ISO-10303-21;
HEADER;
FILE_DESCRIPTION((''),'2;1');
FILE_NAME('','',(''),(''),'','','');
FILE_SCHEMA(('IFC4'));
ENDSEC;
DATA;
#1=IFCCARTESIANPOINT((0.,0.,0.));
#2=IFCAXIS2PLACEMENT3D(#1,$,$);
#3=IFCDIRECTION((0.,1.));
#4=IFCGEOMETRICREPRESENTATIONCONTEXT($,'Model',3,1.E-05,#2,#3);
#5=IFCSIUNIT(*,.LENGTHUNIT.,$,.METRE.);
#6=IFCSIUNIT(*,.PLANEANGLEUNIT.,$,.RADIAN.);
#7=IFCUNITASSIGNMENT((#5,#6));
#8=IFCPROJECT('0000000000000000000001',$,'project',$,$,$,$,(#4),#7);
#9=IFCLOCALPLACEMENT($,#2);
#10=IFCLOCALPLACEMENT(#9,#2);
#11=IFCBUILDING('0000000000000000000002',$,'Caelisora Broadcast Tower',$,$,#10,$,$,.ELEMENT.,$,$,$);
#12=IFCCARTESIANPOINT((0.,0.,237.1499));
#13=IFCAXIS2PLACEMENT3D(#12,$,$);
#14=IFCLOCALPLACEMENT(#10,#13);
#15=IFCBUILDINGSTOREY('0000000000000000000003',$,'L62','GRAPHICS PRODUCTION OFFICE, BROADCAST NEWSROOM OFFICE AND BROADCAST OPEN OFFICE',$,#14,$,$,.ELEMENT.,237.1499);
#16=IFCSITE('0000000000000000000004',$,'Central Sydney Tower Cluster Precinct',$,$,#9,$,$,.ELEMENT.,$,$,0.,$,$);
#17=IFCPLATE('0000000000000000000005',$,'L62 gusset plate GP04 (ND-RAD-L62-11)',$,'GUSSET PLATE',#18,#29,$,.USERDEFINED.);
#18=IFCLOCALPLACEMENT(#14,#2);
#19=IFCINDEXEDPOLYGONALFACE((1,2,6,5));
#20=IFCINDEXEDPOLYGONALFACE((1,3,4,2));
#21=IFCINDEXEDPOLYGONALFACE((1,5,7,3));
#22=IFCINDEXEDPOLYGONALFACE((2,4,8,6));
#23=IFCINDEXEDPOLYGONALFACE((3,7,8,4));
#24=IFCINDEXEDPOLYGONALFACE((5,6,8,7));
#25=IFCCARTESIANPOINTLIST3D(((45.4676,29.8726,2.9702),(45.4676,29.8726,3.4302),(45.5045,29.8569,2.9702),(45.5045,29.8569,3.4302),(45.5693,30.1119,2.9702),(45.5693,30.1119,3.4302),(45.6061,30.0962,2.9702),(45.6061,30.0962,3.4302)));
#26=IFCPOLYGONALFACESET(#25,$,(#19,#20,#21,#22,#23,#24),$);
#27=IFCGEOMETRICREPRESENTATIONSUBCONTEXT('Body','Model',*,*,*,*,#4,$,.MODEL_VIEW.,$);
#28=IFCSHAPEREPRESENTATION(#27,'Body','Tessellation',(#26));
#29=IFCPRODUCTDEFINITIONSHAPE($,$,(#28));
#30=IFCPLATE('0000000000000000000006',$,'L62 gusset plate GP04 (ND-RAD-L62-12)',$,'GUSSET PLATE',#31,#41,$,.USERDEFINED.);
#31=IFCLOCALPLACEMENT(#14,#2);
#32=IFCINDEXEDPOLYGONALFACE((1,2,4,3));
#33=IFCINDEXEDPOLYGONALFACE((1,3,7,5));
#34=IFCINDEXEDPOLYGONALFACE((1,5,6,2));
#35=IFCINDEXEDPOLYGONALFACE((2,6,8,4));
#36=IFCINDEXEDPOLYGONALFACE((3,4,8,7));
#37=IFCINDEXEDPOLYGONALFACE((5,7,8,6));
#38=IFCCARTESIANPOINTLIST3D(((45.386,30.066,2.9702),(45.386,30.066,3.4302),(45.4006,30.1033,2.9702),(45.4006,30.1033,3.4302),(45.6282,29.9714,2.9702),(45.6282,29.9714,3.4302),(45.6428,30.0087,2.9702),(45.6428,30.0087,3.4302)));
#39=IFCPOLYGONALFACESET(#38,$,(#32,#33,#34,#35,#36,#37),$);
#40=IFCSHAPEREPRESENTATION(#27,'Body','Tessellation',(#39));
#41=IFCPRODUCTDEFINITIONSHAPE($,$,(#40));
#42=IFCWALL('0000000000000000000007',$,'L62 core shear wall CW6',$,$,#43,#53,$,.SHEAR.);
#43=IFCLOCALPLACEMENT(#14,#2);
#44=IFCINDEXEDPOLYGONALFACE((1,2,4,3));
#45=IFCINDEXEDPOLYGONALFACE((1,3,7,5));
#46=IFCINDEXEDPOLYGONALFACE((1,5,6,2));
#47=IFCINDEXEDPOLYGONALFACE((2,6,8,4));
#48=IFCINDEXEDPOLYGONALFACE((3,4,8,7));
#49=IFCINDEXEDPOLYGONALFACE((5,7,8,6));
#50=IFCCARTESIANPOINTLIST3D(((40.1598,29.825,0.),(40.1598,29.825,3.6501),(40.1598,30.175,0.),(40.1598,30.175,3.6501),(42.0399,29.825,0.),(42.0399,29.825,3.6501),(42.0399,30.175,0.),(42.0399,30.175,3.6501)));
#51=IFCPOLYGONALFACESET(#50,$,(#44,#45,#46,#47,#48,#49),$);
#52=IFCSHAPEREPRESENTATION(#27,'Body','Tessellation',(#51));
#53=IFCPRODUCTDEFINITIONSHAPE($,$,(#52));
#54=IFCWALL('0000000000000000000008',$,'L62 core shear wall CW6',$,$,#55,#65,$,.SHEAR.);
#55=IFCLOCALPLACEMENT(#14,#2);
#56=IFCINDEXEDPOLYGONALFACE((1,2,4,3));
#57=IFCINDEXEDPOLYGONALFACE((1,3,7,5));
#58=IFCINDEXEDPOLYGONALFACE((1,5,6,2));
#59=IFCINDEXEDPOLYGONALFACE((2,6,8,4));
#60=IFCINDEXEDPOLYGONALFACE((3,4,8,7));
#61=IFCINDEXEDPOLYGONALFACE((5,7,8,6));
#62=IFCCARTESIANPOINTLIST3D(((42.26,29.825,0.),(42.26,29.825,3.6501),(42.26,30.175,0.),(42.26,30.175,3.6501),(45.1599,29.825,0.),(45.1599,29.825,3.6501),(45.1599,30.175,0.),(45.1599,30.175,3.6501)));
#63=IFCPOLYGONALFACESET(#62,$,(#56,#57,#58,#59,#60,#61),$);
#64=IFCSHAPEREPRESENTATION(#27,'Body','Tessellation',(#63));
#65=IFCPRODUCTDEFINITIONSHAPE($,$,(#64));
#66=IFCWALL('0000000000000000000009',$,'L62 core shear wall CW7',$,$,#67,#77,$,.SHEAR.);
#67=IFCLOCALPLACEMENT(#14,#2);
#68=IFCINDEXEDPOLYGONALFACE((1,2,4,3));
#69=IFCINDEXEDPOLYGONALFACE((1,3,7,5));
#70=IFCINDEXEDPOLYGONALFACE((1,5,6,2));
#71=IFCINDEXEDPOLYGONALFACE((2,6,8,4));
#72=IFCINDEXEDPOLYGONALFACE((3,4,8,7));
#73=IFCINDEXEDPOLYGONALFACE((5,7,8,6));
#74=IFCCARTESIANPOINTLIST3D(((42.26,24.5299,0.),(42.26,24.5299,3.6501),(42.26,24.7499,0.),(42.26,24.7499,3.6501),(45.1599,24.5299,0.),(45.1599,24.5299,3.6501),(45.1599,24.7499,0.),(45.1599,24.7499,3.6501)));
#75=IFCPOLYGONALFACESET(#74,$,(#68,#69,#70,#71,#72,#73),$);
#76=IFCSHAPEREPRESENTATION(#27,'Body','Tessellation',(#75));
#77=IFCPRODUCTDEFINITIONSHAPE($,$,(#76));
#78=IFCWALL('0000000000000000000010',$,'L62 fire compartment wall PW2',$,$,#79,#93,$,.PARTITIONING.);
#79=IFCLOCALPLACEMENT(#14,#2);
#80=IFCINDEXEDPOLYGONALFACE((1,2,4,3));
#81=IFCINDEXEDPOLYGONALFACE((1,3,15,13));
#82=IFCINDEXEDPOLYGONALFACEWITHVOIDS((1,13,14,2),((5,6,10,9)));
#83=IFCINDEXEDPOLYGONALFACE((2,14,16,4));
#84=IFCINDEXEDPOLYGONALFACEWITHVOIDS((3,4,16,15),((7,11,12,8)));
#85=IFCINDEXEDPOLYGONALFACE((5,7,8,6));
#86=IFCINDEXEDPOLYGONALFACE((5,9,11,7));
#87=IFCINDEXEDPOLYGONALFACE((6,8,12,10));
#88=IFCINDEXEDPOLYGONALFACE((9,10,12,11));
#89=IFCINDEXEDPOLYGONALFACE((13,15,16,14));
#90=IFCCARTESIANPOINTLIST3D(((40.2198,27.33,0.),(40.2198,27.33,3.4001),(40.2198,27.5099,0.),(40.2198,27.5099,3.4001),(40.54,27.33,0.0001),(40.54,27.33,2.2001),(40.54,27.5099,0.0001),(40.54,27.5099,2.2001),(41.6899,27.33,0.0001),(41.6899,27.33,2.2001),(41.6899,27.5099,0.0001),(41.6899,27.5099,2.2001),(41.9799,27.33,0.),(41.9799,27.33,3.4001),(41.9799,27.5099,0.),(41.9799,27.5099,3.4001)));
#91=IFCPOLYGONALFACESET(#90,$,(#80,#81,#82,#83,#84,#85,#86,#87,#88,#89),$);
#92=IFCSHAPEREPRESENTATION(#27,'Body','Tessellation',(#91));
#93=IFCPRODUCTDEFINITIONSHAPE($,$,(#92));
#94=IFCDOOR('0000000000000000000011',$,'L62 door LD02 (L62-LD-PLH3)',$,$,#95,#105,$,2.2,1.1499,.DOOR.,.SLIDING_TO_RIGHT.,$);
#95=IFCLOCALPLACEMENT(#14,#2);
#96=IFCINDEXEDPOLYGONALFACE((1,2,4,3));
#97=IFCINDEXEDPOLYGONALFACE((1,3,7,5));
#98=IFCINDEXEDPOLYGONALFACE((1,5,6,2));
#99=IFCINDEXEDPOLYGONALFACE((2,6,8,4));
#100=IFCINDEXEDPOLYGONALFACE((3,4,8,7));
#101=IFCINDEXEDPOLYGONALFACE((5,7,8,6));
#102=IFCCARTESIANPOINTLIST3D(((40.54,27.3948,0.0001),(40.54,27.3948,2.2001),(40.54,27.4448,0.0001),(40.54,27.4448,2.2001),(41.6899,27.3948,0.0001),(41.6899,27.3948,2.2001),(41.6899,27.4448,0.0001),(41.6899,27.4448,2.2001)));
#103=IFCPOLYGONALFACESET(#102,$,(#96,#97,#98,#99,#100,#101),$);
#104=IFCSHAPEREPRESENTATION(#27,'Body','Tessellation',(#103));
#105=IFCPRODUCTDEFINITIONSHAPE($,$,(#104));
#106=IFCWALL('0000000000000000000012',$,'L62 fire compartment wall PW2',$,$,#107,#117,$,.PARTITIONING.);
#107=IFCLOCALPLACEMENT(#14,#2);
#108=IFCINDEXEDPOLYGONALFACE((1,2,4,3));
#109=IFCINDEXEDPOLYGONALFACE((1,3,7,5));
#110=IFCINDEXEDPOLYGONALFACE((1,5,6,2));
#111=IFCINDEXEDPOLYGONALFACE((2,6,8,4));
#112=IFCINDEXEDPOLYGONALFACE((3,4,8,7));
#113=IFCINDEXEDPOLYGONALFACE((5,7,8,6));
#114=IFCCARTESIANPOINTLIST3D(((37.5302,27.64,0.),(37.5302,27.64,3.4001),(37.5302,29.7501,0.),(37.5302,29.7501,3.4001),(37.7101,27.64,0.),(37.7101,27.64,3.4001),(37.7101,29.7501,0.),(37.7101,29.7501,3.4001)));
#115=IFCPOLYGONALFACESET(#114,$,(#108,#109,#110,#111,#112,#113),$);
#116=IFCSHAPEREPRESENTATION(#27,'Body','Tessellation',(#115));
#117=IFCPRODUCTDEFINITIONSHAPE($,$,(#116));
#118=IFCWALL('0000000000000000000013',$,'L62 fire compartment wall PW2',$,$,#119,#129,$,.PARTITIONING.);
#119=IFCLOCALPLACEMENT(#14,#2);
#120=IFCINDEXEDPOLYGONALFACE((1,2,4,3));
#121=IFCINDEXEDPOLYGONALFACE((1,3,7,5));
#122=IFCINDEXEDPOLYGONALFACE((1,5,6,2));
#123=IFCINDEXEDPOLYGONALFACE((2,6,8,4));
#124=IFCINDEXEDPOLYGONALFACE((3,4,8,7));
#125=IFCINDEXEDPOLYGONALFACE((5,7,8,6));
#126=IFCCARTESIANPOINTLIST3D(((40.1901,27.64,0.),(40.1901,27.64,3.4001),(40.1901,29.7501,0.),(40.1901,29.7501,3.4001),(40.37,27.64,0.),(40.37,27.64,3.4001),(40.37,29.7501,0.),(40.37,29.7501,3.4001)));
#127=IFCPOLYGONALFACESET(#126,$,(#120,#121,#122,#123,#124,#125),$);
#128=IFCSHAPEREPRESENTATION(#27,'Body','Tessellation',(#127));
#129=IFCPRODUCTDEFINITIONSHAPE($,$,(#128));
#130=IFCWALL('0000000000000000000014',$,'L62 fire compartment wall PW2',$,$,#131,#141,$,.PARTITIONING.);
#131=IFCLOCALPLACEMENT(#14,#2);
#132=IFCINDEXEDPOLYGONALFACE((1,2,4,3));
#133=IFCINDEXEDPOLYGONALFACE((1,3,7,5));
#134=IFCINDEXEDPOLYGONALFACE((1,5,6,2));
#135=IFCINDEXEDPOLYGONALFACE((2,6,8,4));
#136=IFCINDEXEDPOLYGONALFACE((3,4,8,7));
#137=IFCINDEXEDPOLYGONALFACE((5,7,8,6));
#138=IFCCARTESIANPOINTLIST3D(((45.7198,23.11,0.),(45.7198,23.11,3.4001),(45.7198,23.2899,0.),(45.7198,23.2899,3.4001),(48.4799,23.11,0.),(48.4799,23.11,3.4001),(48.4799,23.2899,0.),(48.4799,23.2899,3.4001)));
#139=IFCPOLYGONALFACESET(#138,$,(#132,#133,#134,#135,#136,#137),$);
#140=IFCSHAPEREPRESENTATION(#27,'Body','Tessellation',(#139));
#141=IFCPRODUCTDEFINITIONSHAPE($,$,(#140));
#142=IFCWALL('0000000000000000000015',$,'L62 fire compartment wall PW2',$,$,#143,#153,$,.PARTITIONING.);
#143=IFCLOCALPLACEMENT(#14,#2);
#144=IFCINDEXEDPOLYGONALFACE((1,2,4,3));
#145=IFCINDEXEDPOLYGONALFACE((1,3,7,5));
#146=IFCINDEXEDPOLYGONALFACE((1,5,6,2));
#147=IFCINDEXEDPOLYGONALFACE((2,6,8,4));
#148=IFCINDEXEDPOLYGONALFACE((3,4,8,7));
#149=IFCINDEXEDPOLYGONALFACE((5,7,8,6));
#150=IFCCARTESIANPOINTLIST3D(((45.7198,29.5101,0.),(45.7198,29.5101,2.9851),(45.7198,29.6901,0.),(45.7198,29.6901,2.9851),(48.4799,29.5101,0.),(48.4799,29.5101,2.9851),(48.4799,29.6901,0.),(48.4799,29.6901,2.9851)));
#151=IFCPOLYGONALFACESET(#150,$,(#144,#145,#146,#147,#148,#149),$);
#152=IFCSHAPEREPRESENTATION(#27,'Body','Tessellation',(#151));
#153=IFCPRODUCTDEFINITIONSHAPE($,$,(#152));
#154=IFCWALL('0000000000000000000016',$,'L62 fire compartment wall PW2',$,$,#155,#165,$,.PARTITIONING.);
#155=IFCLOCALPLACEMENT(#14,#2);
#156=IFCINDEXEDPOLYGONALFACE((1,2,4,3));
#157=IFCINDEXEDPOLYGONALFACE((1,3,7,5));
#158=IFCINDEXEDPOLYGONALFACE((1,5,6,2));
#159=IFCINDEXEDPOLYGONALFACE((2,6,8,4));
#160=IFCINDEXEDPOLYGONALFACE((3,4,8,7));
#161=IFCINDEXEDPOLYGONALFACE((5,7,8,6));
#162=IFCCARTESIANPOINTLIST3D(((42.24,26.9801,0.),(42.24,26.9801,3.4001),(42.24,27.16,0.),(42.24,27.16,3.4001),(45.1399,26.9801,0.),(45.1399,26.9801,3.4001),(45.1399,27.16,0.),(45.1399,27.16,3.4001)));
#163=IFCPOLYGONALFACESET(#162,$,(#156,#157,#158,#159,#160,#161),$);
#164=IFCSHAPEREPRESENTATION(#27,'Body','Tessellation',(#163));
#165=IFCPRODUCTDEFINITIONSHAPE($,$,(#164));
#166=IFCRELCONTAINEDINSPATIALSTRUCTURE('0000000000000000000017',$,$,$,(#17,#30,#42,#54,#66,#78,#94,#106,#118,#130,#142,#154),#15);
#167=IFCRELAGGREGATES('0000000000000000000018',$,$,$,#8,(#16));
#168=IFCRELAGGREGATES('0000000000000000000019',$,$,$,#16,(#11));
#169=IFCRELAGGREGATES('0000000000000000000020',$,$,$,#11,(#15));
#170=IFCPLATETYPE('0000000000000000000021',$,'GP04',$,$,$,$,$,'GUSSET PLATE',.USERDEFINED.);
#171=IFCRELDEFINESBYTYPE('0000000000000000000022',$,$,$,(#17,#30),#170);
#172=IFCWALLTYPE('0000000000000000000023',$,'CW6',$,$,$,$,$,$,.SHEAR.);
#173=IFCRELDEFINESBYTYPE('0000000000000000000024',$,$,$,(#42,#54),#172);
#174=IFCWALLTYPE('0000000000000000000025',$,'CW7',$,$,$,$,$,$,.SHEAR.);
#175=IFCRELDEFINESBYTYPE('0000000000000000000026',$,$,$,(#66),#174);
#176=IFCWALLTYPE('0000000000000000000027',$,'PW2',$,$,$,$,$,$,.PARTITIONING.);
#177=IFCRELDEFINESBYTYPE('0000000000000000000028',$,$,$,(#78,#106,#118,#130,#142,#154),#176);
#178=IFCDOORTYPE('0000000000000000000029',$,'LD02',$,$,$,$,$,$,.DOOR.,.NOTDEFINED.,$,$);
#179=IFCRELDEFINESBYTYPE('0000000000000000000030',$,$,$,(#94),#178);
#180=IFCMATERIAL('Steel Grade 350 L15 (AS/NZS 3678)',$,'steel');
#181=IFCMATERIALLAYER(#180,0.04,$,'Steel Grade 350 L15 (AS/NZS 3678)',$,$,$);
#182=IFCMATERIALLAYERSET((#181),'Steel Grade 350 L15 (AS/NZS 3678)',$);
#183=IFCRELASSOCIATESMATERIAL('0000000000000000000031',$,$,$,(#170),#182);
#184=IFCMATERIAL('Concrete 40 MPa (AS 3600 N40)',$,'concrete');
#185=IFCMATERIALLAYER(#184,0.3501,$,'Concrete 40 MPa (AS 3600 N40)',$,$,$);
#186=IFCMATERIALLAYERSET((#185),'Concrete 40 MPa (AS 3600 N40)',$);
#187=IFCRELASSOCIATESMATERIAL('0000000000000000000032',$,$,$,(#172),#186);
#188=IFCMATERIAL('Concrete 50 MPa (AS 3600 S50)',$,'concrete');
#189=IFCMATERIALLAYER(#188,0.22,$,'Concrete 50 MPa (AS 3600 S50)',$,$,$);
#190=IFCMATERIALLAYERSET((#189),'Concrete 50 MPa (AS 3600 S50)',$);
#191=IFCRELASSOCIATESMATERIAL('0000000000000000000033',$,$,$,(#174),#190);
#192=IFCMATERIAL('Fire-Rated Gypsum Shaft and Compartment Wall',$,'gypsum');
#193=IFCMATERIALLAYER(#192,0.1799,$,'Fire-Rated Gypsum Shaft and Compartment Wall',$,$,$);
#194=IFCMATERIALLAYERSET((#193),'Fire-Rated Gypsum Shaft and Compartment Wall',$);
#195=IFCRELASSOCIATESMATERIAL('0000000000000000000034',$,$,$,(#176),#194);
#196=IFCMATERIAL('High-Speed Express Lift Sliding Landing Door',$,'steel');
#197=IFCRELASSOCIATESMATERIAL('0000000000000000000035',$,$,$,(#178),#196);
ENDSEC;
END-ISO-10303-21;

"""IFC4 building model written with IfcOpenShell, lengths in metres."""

from ifc_helpers import new_model, si_unit, direction, frame, frame_2d, origin, origin_2d, place, context, subcontext, project, spatial, rectangle, extrude, source, transform, mapped, material, layer, layer_set, type_object, type_shapes, element, fill, save


model = new_model("IFC4")

# Units and contexts
model_context = context("Model", 3, precision=1e-05, world=origin(), true_north=direction((0.0, 1.0)))
body_context = subcontext(model_context, "Body", "Model", "MODEL_VIEW")
ifc_project = project(units=[si_unit("LENGTHUNIT", "METRE"), si_unit("PLANEANGLEUNIT", "RADIAN")], contexts=[model_context])

# Site, building, storey
site_placement = place(None, origin())
site = spatial("IfcSite", under=ifc_project, at=site_placement, Name="Central Sydney Tower Cluster Precinct", CompositionType="ELEMENT", RefElevation=0.0)
building_placement = place(site_placement, origin())
building = spatial("IfcBuilding", under=site, at=building_placement, Name="Caelisora Broadcast Tower", CompositionType="ELEMENT")
storey_placement = place(building_placement, frame((0.0, 0.0, 237.1499)))
storey = spatial("IfcBuildingStorey", under=building, at=storey_placement, Name="L62", Description="GRAPHICS PRODUCTION OFFICE, BROADCAST NEWSROOM OFFICE AND BROADCAST OPEN OFFICE", CompositionType="ELEMENT", Elevation=237.1499)

# Shared definitions
ifc_material_1 = material(Name="Concrete 50 MPa (AS 3600 S50)", Category="concrete")

# Plates
ifc_material_2 = material(Name="Steel Grade 350 L15 (AS/NZS 3678)", Category="steel")
ifc_layer_1 = layer(ifc_material_2, 0.04, Name="Steel Grade 350 L15 (AS/NZS 3678)")
ifc_layer_set_1 = layer_set([ifc_layer_1], Name="Steel Grade 350 L15 (AS/NZS 3678)")
plate_type = type_object("IfcPlateType", Name="GP04", ElementType="GUSSET PLATE", PredefinedType="USERDEFINED", material=ifc_layer_set_1)
shared_shape_1 = source(origin(), body_context, "Body", "SweptSolid", [
    extrude(rectangle(XDim=0.26, YDim=0.04, at=origin_2d()), origin(), (0.0, 0.0, 1.0), 0.46),
])
type_shapes(plate_type, [shared_shape_1])
for number, where, z_axis, x_axis, name in (
    (1, (45.5369, 29.9844, 2.9702), (0.0, 0.0, 1.0), (0.391052, 0.920368, 0.0), "L62 gusset plate GP04 (ND-RAD-L62-11)"),
    (2, (45.5144, 30.0374, 2.9702), (0.0, 0.0, 1.0), (-0.931564, 0.363576, 0.0), "L62 gusset plate GP04 (ND-RAD-L62-12)"),
):
    element("IfcPlate", number, at=place(storey_placement, frame(where, z_axis=z_axis, x_axis=x_axis)), inside=storey, type_object=plate_type, Name=name, ObjectType="GUSSET PLATE", PredefinedType="USERDEFINED", context=body_context, shape_type="MappedRepresentation", body=[
        mapped(shared_shape_1, transform((0.0, 0.0, 0.0), scale=1.0)),
    ])

# Walls
ifc_material_3 = material(Name="Concrete 40 MPa (AS 3600 N40)", Category="concrete")
ifc_layer_2 = layer(ifc_material_3, 0.3501, Name="Concrete 40 MPa (AS 3600 N40)")
ifc_layer_set_2 = layer_set([ifc_layer_2], Name="Concrete 40 MPa (AS 3600 N40)")
wall_type_1 = type_object("IfcWallType", Name="CW6", PredefinedType="SHEAR", material=ifc_layer_set_2)
wall_1_placement = place(storey_placement, frame((40.1599, 30.0, 0.0), z_axis=(0.0, 0.0, 1.0), x_axis=(1.0, 0.0, 0.0)))
element("IfcWall", 3, at=wall_1_placement, inside=storey, type_object=wall_type_1, Name="L62 core shear wall CW6", PredefinedType="SHEAR", context=body_context, shape_type="SweptSolid", body=[
    extrude(rectangle(XDim=1.8801, YDim=0.3501, at=frame_2d((0.9399, 0.0))), origin(), (0.0, 0.0, 1.0), 3.6501),
])
wall_2_placement = place(storey_placement, frame((42.26, 30.0, 0.0), z_axis=(0.0, 0.0, 1.0), x_axis=(1.0, 0.0, 0.0)))
element("IfcWall", 4, at=wall_2_placement, inside=storey, type_object=wall_type_1, Name="L62 core shear wall CW6", PredefinedType="SHEAR", context=body_context, shape_type="SweptSolid", body=[
    extrude(rectangle(XDim=2.8999, YDim=0.3501, at=frame_2d((1.45, 0.0))), origin(), (0.0, 0.0, 1.0), 3.6501),
])
ifc_layer_3 = layer(ifc_material_1, 0.22, Name="Concrete 50 MPa (AS 3600 S50)")
ifc_layer_set_3 = layer_set([ifc_layer_3], Name="Concrete 50 MPa (AS 3600 S50)")
wall_type_2 = type_object("IfcWallType", Name="CW7", PredefinedType="SHEAR", material=ifc_layer_set_3)
wall_3_placement = place(storey_placement, frame((42.26, 24.6399, 0.0), z_axis=(0.0, 0.0, 1.0), x_axis=(1.0, 0.0, 0.0)))
element("IfcWall", 5, at=wall_3_placement, inside=storey, type_object=wall_type_2, Name="L62 core shear wall CW7", PredefinedType="SHEAR", context=body_context, shape_type="SweptSolid", body=[
    extrude(rectangle(XDim=2.8999, YDim=0.22, at=frame_2d((1.45, 0.0))), origin(), (0.0, 0.0, 1.0), 3.6501),
])

# Wall, opening, door
ifc_material_4 = material(Name="Fire-Rated Gypsum Shaft and Compartment Wall", Category="gypsum")
ifc_layer_4 = layer(ifc_material_4, 0.1799, Name="Fire-Rated Gypsum Shaft and Compartment Wall")
ifc_layer_set_4 = layer_set([ifc_layer_4], Name="Fire-Rated Gypsum Shaft and Compartment Wall")
wall_type_3 = type_object("IfcWallType", Name="PW2", PredefinedType="PARTITIONING", material=ifc_layer_set_4)
wall_4_placement = place(storey_placement, frame((40.22, 27.4199, 0.0), z_axis=(0.0, 0.0, 1.0), x_axis=(1.0, 0.0, 0.0)))
wall_4 = element("IfcWall", 6, at=wall_4_placement, inside=storey, type_object=wall_type_3, Name="L62 fire compartment wall PW2", PredefinedType="PARTITIONING", context=body_context, shape_type="SweptSolid", body=[
    extrude(rectangle(XDim=1.76, YDim=0.1799, at=frame_2d((0.8799, 0.0))), origin(), (0.0, 0.0, 1.0), 3.4001),
])
opening_placement = place(wall_4_placement, frame((0.3201, 0.0, 0.0)))
opening = element("IfcOpeningElement", 7, at=opening_placement, cuts=wall_4, PredefinedType="OPENING", context=body_context, shape_type="SweptSolid", body=[
    extrude(rectangle(XDim=1.1499, YDim=2.2, at=frame_2d((0.575, 1.1001))), frame((0.0, 0.1021, 0.0), z_axis=(0.0, -1.0, 0.0), x_axis=(1.0, 0.0, 0.0)), (0.0, 0.0, 1.0), 0.2039),
])
ifc_material_5 = material(Name="High-Speed Express Lift Sliding Landing Door", Category="steel")
door_type = type_object("IfcDoorType", Name="LD02", OperationType="NOTDEFINED", PredefinedType="DOOR", material=ifc_material_5)
door_placement = place(opening_placement, origin())
door = element("IfcDoor", 8, at=door_placement, inside=storey, type_object=door_type, Name="L62 door LD02 (L62-LD-PLH3)", OperationType="SLIDING_TO_RIGHT", OverallHeight=2.2, OverallWidth=1.1499, PredefinedType="DOOR", context=body_context, shape_type="SweptSolid", body=[
    extrude(rectangle(XDim=1.1499, YDim=2.2, at=frame_2d((0.575, 1.1001))), frame((0.0, 0.0249, 0.0), z_axis=(0.0, -1.0, 0.0), x_axis=(1.0, 0.0, 0.0)), (0.0, 0.0, 1.0), 0.05),
])
fill(opening, door)

# Walls
for number, where, z_axis, x_axis, name in (
    (9, (37.6201, 27.6399, 0.0), (0.0, 0.0, 1.0), (0.0, 1.0, 0.0), "L62 fire compartment wall PW2"),
    (10, (40.28, 27.6399, 0.0), (0.0, 0.0, 1.0), (0.0, 1.0, 0.0), "L62 fire compartment wall PW2"),
):
    element("IfcWall", number, at=place(storey_placement, frame(where, z_axis=z_axis, x_axis=x_axis)), inside=storey, type_object=wall_type_3, Name=name, PredefinedType="PARTITIONING", context=body_context, shape_type="SweptSolid", body=[
        extrude(rectangle(XDim=2.1101, YDim=0.1799, at=frame_2d((1.0552, 0.0))), origin(), (0.0, 0.0, 1.0), 3.4001),
    ])
wall_5_placement = place(storey_placement, frame((45.72, 23.2, 0.0), z_axis=(0.0, 0.0, 1.0), x_axis=(1.0, 0.0, 0.0)))
element("IfcWall", 11, at=wall_5_placement, inside=storey, type_object=wall_type_3, Name="L62 fire compartment wall PW2", PredefinedType="PARTITIONING", context=body_context, shape_type="SweptSolid", body=[
    extrude(rectangle(XDim=2.76, YDim=0.1799, at=frame_2d((1.3799, 0.0))), origin(), (0.0, 0.0, 1.0), 3.4001),
])
wall_6_placement = place(storey_placement, frame((45.72, 29.6001, 0.0), z_axis=(0.0, 0.0, 1.0), x_axis=(1.0, 0.0, 0.0)))
element("IfcWall", 12, at=wall_6_placement, inside=storey, type_object=wall_type_3, Name="L62 fire compartment wall PW2", PredefinedType="PARTITIONING", context=body_context, shape_type="SweptSolid", body=[
    extrude(rectangle(XDim=2.76, YDim=0.1799, at=frame_2d((1.3799, 0.0))), origin(), (0.0, 0.0, 1.0), 2.9851),
])
wall_7_placement = place(storey_placement, frame((42.24, 27.0701, 0.0), z_axis=(0.0, 0.0, 1.0), x_axis=(1.0, 0.0, 0.0)))
element("IfcWall", 13, at=wall_7_placement, inside=storey, type_object=wall_type_3, Name="L62 fire compartment wall PW2", PredefinedType="PARTITIONING", context=body_context, shape_type="SweptSolid", body=[
    extrude(rectangle(XDim=2.8999, YDim=0.1799, at=frame_2d((1.45, 0.0))), origin(), (0.0, 0.0, 1.0), 3.4001),
])

save(model, "model.ifc")
